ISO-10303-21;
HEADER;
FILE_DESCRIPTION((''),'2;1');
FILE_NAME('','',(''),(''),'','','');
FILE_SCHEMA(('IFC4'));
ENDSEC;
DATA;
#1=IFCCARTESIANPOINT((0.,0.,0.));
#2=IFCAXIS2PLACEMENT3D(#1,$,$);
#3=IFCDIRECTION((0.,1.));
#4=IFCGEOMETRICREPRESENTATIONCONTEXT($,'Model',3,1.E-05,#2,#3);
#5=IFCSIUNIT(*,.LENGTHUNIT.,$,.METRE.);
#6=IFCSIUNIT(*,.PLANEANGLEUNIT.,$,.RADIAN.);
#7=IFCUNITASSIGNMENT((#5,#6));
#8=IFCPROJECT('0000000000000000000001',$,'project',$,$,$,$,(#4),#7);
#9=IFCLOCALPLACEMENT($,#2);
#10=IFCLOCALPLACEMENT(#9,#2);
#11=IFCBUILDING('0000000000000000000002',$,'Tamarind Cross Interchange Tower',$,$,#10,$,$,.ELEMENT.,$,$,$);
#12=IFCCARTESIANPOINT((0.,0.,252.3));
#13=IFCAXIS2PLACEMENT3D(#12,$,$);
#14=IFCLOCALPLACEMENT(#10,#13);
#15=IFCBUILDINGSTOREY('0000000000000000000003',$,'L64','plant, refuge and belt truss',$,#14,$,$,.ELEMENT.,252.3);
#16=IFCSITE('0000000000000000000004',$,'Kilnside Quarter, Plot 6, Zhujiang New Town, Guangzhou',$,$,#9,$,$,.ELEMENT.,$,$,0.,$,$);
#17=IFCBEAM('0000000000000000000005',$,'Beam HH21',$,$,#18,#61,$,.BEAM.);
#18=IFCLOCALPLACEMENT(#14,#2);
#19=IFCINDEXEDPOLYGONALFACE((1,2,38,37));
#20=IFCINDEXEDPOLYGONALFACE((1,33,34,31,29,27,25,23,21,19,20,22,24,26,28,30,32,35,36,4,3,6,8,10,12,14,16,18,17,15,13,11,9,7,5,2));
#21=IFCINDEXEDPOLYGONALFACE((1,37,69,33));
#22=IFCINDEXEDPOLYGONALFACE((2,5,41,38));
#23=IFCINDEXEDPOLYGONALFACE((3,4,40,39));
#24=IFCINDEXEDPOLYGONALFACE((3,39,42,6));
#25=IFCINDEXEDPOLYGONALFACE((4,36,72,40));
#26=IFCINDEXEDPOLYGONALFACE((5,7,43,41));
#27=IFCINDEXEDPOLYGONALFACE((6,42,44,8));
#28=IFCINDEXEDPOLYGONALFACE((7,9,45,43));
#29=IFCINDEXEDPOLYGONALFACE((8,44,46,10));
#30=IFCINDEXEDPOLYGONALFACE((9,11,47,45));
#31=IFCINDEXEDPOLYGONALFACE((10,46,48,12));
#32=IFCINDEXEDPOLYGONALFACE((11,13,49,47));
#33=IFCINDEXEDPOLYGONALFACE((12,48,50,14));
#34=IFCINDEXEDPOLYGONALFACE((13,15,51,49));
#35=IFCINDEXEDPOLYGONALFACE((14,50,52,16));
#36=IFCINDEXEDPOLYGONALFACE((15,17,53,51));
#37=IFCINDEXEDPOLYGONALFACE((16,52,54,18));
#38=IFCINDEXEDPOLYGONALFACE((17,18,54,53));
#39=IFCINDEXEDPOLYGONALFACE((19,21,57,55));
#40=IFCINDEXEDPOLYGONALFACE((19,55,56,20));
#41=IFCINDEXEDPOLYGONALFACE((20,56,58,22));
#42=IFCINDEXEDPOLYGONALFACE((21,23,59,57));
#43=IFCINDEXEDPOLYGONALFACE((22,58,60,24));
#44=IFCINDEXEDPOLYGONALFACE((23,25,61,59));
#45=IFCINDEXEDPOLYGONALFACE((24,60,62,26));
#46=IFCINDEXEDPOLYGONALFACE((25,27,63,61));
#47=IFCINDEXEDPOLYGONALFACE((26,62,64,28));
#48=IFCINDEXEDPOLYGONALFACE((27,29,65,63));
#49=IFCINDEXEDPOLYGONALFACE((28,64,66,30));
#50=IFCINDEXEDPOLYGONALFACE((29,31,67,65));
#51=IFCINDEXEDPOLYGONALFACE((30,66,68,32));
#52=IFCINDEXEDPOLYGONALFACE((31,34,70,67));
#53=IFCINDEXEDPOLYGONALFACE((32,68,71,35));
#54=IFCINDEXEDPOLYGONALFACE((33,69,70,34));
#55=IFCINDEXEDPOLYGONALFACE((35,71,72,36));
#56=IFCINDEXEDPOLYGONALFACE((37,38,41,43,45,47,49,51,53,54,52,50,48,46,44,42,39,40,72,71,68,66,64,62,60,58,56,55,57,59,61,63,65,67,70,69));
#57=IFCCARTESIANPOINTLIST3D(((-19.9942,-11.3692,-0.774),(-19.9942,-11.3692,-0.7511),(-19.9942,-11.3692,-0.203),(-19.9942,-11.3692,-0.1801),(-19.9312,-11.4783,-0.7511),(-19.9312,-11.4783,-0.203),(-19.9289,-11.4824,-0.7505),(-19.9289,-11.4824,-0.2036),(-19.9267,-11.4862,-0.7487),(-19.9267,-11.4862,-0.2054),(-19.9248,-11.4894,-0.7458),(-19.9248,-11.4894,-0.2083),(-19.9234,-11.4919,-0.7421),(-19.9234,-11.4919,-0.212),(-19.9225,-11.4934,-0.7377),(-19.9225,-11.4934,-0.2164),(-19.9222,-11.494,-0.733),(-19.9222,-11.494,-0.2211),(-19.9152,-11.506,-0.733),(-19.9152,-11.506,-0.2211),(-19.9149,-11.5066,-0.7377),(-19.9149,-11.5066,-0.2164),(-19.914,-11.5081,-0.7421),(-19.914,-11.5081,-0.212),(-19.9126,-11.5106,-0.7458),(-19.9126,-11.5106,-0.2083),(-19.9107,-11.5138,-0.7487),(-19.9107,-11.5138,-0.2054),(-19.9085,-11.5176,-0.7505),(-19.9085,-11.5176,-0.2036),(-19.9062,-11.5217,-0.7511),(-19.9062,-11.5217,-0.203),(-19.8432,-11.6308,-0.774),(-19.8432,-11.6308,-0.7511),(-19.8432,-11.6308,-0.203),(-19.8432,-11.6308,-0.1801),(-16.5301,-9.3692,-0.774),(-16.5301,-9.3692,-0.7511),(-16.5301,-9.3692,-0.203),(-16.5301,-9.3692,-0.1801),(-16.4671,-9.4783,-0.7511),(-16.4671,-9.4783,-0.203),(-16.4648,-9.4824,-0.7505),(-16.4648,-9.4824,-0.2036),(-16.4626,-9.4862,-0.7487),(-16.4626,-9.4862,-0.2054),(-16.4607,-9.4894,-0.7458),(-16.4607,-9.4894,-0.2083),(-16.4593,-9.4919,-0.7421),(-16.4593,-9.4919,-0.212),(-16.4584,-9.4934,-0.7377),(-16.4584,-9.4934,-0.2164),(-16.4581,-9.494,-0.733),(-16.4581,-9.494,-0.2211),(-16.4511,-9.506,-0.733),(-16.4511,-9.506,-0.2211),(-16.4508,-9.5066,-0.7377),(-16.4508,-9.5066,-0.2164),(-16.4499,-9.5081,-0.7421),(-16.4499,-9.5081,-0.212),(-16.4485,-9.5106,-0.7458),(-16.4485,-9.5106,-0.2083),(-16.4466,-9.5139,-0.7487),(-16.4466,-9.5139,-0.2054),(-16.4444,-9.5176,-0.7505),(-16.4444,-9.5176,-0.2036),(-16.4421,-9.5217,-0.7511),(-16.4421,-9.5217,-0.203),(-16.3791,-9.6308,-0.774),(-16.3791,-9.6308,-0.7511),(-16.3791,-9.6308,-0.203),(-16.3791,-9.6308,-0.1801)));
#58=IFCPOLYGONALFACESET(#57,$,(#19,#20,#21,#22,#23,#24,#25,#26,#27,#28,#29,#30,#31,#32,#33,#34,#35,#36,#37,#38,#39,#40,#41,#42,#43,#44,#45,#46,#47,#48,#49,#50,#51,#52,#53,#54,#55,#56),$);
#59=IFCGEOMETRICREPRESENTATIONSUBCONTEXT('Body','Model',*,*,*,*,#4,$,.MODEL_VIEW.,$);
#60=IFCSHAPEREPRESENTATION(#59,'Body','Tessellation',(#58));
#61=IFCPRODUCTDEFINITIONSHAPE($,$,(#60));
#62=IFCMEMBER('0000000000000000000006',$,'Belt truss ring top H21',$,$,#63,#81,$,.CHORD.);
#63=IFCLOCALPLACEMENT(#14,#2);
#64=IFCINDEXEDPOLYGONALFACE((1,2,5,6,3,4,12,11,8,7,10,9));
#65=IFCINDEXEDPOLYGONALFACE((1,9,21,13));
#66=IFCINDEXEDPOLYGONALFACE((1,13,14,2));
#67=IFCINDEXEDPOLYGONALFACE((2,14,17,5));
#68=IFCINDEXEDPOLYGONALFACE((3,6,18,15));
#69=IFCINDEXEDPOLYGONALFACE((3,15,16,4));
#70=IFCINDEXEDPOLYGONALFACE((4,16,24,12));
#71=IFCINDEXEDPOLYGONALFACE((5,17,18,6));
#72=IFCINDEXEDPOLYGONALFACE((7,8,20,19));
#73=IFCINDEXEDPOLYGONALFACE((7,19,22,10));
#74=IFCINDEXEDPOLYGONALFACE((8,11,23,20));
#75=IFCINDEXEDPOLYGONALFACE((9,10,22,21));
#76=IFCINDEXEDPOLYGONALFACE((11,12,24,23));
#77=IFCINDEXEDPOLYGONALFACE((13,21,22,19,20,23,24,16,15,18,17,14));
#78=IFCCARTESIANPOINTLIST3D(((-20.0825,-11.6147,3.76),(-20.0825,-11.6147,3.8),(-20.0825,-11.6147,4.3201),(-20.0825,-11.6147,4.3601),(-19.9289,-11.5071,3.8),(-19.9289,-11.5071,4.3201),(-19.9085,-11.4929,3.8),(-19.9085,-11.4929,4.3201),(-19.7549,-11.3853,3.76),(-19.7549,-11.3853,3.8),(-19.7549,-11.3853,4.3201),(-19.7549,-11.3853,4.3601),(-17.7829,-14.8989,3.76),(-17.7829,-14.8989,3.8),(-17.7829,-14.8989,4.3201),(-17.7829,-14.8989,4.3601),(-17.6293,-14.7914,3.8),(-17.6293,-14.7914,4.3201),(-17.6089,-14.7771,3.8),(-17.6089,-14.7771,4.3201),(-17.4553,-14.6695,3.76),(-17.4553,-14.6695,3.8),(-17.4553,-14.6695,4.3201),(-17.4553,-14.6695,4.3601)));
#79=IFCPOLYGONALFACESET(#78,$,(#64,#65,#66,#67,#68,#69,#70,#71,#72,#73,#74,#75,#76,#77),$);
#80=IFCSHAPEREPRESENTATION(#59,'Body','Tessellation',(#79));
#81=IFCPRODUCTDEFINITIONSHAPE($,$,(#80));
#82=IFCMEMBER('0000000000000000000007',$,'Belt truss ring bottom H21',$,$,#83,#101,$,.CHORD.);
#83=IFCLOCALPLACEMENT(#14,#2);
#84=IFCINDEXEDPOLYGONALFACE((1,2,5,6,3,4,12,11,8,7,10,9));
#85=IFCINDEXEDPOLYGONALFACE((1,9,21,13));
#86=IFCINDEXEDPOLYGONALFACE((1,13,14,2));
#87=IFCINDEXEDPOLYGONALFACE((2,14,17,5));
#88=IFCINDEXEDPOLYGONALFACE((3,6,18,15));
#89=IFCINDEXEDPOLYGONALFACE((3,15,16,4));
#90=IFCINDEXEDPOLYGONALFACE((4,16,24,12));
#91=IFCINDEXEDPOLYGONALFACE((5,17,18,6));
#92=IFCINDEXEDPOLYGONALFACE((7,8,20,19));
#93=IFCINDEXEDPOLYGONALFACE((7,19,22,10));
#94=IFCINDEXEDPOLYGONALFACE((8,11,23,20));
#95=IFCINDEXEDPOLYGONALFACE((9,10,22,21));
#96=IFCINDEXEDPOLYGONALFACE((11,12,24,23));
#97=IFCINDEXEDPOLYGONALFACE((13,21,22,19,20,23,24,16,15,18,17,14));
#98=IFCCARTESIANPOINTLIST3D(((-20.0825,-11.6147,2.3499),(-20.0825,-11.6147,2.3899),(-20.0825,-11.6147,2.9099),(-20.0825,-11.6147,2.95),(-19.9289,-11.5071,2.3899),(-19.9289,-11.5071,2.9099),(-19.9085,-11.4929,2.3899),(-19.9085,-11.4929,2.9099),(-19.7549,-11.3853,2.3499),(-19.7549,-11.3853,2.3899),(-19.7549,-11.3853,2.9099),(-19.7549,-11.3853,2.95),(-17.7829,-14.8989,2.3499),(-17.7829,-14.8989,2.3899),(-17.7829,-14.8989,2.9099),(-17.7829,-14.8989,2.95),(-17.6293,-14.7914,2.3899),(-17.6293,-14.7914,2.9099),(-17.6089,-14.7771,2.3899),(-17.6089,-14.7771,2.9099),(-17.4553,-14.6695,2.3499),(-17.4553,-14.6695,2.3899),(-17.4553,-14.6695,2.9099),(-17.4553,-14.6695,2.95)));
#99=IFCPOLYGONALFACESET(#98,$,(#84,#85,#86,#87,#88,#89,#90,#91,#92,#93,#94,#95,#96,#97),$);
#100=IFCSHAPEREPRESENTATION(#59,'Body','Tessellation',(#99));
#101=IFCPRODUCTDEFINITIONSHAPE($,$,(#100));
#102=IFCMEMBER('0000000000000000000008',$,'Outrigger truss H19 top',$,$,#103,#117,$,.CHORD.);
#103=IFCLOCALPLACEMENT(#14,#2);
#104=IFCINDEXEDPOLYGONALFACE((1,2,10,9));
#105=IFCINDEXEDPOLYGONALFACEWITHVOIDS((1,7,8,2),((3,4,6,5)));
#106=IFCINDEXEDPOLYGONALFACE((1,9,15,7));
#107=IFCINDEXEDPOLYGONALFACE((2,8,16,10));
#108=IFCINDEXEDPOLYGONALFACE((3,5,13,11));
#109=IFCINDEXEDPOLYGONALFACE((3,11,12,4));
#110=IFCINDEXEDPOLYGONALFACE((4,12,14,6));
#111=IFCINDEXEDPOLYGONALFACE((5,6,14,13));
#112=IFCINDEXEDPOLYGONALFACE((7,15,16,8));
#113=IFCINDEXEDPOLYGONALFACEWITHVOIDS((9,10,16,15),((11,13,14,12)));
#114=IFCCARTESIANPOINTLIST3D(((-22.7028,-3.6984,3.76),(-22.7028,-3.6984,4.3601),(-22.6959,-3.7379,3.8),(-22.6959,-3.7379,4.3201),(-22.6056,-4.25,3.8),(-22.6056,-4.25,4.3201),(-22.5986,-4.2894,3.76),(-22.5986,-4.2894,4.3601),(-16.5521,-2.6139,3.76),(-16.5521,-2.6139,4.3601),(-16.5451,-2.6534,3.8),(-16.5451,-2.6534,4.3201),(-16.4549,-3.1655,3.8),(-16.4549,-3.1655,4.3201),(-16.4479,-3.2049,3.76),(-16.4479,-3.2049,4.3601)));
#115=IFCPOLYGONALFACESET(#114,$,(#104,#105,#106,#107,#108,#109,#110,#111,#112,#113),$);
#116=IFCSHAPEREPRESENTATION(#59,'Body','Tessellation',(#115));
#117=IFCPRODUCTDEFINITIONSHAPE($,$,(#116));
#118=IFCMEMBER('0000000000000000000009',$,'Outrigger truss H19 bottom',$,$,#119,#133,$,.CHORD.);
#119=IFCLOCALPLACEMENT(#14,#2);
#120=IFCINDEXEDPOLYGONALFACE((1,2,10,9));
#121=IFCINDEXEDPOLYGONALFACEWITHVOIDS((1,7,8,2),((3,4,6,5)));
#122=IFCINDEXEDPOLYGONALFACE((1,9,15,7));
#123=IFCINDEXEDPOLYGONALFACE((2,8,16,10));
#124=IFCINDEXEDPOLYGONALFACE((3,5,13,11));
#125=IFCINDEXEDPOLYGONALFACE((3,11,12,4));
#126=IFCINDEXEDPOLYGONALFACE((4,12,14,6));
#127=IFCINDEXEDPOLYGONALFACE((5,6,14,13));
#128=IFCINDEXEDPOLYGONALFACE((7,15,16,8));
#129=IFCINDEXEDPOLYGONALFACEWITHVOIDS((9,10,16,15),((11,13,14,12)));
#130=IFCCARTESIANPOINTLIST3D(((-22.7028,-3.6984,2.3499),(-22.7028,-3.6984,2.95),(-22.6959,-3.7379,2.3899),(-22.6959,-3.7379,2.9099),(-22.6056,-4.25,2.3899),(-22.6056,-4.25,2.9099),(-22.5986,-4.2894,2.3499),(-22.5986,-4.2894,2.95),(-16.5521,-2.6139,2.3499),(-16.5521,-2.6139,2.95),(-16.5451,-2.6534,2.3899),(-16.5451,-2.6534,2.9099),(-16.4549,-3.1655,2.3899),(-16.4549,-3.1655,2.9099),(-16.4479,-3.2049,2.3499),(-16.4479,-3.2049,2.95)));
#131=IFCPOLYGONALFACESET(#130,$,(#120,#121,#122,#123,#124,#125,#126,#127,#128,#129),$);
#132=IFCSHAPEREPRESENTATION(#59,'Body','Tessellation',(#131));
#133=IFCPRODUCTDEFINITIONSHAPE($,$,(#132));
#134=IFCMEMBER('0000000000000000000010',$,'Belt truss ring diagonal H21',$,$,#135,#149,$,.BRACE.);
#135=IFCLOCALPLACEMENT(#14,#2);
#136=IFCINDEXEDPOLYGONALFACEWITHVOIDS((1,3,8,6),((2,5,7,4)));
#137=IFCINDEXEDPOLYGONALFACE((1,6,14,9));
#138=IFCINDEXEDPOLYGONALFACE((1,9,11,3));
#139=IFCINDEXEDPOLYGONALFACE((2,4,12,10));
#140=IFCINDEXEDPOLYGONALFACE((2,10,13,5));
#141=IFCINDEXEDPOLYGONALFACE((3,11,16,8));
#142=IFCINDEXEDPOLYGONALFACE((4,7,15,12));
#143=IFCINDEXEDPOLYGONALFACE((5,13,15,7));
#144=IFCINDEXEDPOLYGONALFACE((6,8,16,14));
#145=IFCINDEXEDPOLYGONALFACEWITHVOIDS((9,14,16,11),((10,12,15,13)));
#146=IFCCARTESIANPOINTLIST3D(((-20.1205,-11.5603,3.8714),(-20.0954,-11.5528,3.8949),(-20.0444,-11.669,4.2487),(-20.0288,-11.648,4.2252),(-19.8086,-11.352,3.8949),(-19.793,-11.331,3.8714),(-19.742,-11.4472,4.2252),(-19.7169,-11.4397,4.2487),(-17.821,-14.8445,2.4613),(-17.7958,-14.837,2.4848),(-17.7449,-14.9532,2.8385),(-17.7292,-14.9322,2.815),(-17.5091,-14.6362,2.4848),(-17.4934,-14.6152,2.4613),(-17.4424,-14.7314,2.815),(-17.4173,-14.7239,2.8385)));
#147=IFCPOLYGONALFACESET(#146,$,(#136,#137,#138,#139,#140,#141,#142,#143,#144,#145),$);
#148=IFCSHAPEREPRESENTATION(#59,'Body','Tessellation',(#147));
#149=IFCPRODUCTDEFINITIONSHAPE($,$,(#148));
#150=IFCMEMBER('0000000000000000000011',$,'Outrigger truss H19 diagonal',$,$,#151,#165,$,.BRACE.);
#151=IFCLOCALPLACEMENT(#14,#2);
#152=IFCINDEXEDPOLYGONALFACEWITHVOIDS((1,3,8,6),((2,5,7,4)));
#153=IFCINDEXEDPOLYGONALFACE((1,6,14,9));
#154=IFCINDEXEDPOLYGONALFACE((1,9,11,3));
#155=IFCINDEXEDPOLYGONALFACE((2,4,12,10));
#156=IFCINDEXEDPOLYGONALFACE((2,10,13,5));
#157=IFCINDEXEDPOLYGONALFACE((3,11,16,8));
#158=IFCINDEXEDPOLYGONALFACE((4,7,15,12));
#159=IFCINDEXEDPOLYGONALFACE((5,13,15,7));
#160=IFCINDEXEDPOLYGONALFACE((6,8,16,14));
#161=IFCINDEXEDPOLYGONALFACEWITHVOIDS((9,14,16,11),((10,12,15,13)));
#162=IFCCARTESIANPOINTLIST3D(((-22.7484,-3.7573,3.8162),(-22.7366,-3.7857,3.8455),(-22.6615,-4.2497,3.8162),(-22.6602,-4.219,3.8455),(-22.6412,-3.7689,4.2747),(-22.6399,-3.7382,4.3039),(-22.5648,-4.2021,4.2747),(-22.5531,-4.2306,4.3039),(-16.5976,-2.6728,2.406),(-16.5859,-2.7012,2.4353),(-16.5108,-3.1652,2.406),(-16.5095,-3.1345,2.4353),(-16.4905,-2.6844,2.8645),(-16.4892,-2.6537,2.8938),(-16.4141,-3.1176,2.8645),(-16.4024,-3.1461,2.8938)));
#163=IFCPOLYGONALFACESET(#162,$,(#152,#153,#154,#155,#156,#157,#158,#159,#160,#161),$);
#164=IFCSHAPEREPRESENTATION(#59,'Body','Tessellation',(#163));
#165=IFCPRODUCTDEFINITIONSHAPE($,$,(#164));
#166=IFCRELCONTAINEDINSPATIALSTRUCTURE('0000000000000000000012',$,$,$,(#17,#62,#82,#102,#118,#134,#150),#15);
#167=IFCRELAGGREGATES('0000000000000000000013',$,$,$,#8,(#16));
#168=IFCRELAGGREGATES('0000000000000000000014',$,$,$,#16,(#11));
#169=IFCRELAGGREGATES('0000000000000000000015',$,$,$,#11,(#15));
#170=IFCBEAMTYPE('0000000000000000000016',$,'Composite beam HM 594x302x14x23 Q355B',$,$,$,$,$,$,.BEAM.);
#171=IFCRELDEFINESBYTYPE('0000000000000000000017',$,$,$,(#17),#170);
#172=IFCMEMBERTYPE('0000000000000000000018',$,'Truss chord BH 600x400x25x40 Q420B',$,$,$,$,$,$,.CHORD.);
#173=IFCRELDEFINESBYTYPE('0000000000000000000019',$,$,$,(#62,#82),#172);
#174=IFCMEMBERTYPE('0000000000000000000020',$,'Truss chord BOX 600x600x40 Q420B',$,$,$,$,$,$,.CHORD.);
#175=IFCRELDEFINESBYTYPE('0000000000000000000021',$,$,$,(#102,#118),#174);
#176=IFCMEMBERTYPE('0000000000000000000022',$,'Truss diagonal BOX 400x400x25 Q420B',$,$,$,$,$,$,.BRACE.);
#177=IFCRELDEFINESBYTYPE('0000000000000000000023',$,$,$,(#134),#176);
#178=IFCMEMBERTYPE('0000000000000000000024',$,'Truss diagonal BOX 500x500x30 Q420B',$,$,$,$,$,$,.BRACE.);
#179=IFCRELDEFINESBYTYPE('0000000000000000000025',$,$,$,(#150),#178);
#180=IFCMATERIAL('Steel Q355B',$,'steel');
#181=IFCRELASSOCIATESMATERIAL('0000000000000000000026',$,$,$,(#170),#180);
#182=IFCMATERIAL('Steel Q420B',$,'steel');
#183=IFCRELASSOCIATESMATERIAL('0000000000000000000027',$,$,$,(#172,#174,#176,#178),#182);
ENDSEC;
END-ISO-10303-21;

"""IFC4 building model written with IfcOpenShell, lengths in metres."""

from ifc_helpers import new_model, si_unit, direction, frame, origin, origin_2d, place, context, subcontext, project, spatial, hollow_rectangle, i_section, extrude, material, material_profile, profile_set, type_object, element, save


model = new_model("IFC4")

# Units and contexts
model_context = context("Model", 3, precision=1e-05, world=origin(), true_north=direction((0.0, 1.0)))
body_context = subcontext(model_context, "Body", "Model", "MODEL_VIEW")
ifc_project = project(units=[si_unit("LENGTHUNIT", "METRE"), si_unit("PLANEANGLEUNIT", "RADIAN")], contexts=[model_context])

# Site, building, storey
site_placement = place(None, origin())
site = spatial("IfcSite", under=ifc_project, at=site_placement, Name="Kilnside Quarter, Plot 6, Zhujiang New Town, Guangzhou", CompositionType="ELEMENT", RefElevation=0.0)
building_placement = place(site_placement, origin())
building = spatial("IfcBuilding", under=site, at=building_placement, Name="Tamarind Cross Interchange Tower", CompositionType="ELEMENT")
storey_placement = place(building_placement, frame((0.0, 0.0, 252.3)))
storey = spatial("IfcBuildingStorey", under=building, at=storey_placement, Name="L64", Description="plant, refuge and belt truss", CompositionType="ELEMENT", Elevation=252.3)

# Beam
ifc_material_1 = material(Name="Steel Q355B", Category="steel")
ifc_material_profile_1 = material_profile(ifc_material_1, i_section(OverallWidth=0.302, OverallDepth=0.594, WebThickness=0.0139, FlangeThickness=0.0229, FilletRadius=0.0181, at=origin_2d()), Name="HM 594x302x14x23")
ifc_profile_set_1 = profile_set([ifc_material_profile_1], Name="Steel Q355B")
beam_type = type_object("IfcBeamType", Name="Composite beam HM 594x302x14x23 Q355B", PredefinedType="BEAM", material=ifc_profile_set_1)
beam_placement = place(storey_placement, frame((-19.9187, -11.5, -0.4771), z_axis=(0.866026, 0.499999, 0.0), x_axis=(-0.499999, 0.866026, 0.0)))
element("IfcBeam", 1, at=beam_placement, inside=storey, type_object=beam_type, Name="Beam HH21", PredefinedType="BEAM", context=body_context, shape_type="SweptSolid", body=[
    extrude(i_section(OverallWidth=0.302, OverallDepth=0.594, WebThickness=0.0139, FlangeThickness=0.0229, FilletRadius=0.0181, at=origin_2d()), origin(), (0.0, 0.0, 1.0), 4.0),
])

# Members
ifc_material_2 = material(Name="Steel Q420B", Category="steel")
ifc_material_profile_2 = material_profile(ifc_material_2, i_section(OverallWidth=0.3999, OverallDepth=0.6001, WebThickness=0.0249, FlangeThickness=0.04, at=origin_2d()), Name="BH 600x400x25x40")
ifc_profile_set_2 = profile_set([ifc_material_profile_2], Name="Steel Q420B")
member_type_1 = type_object("IfcMemberType", Name="Truss chord BH 600x400x25x40 Q420B", PredefinedType="CHORD", material=ifc_profile_set_2)
for number, where, z_axis, x_axis, name in (
    (2, (-19.9187, -11.5, 4.0601), (0.573569, -0.819158, 0.0), (0.819158, 0.573569, 0.0), "Belt truss ring top H21"),
    (3, (-19.9187, -11.5, 2.6499), (0.573569, -0.819158, 0.0), (0.819158, 0.573569, 0.0), "Belt truss ring bottom H21"),
):
    element("IfcMember", number, at=place(storey_placement, frame(where, z_axis=z_axis, x_axis=x_axis)), inside=storey, type_object=member_type_1, Name=name, PredefinedType="CHORD", context=body_context, shape_type="SweptSolid", body=[
        extrude(i_section(OverallWidth=0.3999, OverallDepth=0.6001, WebThickness=0.0249, FlangeThickness=0.04, at=origin_2d()), origin(), (0.0, 0.0, 1.0), 4.0093),
    ])
ifc_material_profile_3 = material_profile(ifc_material_2, hollow_rectangle(XDim=0.6001, YDim=0.6001, WallThickness=0.04, at=origin_2d()), Name="BOX 600x600x40")
ifc_profile_set_3 = profile_set([ifc_material_profile_3], Name="Steel Q420B")
member_type_2 = type_object("IfcMemberType", Name="Truss chord BOX 600x600x40 Q420B", PredefinedType="CHORD", material=ifc_profile_set_3)
for number, where, z_axis, x_axis, name in (
    (4, (-16.5, -2.9094, 4.0601), (-0.984809, -0.17364, 0.0), (0.17364, -0.984809, 0.0), "Outrigger truss H19 top"),
    (5, (-16.5, -2.9094, 2.6499), (-0.984809, -0.17364, 0.0), (0.17364, -0.984809, 0.0), "Outrigger truss H19 bottom"),
):
    element("IfcMember", number, at=place(storey_placement, frame(where, z_axis=z_axis, x_axis=x_axis)), inside=storey, type_object=member_type_2, Name=name, PredefinedType="CHORD", context=body_context, shape_type="SweptSolid", body=[
        extrude(hollow_rectangle(XDim=0.6001, YDim=0.6001, WallThickness=0.04, at=origin_2d()), origin(), (0.0, 0.0, 1.0), 6.2456),
    ])
ifc_material_profile_4 = material_profile(ifc_material_2, hollow_rectangle(XDim=0.3999, YDim=0.3999, WallThickness=0.0249, at=origin_2d()), Name="BOX 400x400x25")
ifc_profile_set_4 = profile_set([ifc_material_profile_4], Name="Steel Q420B")
member_type_3 = type_object("IfcMemberType", Name="Truss diagonal BOX 400x400x25 Q420B", PredefinedType="BRACE", material=ifc_profile_set_4)
member_1_placement = place(storey_placement, frame((-19.9187, -11.5, 4.0601), z_axis=(0.541075, -0.772751, -0.331803), x_axis=(0.819158, 0.573569, 0.0)))
element("IfcMember", 6, at=member_1_placement, inside=storey, type_object=member_type_3, Name="Belt truss ring diagonal H21", PredefinedType="BRACE", context=body_context, shape_type="SweptSolid", body=[
    extrude(hollow_rectangle(XDim=0.3999, YDim=0.3999, WallThickness=0.0249, at=origin_2d()), origin(), (0.0, 0.0, 1.0), 4.25),
])
ifc_material_profile_5 = material_profile(ifc_material_2, hollow_rectangle(XDim=0.5, YDim=0.5, WallThickness=0.03, at=origin_2d()), Name="BOX 500x500x30")
ifc_profile_set_5 = profile_set([ifc_material_profile_5], Name="Steel Q420B")
member_type_4 = type_object("IfcMemberType", Name="Truss diagonal BOX 500x500x30 Q420B", PredefinedType="BRACE", material=ifc_profile_set_5)
member_2_placement = place(storey_placement, frame((-16.5, -2.9094, 2.6499), z_axis=(-0.960627, -0.169377, 0.220243), x_axis=(0.17364, -0.984809, 0.0)))
element("IfcMember", 7, at=member_2_placement, inside=storey, type_object=member_type_4, Name="Outrigger truss H19 diagonal", PredefinedType="BRACE", context=body_context, shape_type="SweptSolid", body=[
    extrude(hollow_rectangle(XDim=0.5, YDim=0.5, WallThickness=0.03, at=origin_2d()), origin(), (0.0, 0.0, 1.0), 6.4028),
])

save(model, "model.ifc")
